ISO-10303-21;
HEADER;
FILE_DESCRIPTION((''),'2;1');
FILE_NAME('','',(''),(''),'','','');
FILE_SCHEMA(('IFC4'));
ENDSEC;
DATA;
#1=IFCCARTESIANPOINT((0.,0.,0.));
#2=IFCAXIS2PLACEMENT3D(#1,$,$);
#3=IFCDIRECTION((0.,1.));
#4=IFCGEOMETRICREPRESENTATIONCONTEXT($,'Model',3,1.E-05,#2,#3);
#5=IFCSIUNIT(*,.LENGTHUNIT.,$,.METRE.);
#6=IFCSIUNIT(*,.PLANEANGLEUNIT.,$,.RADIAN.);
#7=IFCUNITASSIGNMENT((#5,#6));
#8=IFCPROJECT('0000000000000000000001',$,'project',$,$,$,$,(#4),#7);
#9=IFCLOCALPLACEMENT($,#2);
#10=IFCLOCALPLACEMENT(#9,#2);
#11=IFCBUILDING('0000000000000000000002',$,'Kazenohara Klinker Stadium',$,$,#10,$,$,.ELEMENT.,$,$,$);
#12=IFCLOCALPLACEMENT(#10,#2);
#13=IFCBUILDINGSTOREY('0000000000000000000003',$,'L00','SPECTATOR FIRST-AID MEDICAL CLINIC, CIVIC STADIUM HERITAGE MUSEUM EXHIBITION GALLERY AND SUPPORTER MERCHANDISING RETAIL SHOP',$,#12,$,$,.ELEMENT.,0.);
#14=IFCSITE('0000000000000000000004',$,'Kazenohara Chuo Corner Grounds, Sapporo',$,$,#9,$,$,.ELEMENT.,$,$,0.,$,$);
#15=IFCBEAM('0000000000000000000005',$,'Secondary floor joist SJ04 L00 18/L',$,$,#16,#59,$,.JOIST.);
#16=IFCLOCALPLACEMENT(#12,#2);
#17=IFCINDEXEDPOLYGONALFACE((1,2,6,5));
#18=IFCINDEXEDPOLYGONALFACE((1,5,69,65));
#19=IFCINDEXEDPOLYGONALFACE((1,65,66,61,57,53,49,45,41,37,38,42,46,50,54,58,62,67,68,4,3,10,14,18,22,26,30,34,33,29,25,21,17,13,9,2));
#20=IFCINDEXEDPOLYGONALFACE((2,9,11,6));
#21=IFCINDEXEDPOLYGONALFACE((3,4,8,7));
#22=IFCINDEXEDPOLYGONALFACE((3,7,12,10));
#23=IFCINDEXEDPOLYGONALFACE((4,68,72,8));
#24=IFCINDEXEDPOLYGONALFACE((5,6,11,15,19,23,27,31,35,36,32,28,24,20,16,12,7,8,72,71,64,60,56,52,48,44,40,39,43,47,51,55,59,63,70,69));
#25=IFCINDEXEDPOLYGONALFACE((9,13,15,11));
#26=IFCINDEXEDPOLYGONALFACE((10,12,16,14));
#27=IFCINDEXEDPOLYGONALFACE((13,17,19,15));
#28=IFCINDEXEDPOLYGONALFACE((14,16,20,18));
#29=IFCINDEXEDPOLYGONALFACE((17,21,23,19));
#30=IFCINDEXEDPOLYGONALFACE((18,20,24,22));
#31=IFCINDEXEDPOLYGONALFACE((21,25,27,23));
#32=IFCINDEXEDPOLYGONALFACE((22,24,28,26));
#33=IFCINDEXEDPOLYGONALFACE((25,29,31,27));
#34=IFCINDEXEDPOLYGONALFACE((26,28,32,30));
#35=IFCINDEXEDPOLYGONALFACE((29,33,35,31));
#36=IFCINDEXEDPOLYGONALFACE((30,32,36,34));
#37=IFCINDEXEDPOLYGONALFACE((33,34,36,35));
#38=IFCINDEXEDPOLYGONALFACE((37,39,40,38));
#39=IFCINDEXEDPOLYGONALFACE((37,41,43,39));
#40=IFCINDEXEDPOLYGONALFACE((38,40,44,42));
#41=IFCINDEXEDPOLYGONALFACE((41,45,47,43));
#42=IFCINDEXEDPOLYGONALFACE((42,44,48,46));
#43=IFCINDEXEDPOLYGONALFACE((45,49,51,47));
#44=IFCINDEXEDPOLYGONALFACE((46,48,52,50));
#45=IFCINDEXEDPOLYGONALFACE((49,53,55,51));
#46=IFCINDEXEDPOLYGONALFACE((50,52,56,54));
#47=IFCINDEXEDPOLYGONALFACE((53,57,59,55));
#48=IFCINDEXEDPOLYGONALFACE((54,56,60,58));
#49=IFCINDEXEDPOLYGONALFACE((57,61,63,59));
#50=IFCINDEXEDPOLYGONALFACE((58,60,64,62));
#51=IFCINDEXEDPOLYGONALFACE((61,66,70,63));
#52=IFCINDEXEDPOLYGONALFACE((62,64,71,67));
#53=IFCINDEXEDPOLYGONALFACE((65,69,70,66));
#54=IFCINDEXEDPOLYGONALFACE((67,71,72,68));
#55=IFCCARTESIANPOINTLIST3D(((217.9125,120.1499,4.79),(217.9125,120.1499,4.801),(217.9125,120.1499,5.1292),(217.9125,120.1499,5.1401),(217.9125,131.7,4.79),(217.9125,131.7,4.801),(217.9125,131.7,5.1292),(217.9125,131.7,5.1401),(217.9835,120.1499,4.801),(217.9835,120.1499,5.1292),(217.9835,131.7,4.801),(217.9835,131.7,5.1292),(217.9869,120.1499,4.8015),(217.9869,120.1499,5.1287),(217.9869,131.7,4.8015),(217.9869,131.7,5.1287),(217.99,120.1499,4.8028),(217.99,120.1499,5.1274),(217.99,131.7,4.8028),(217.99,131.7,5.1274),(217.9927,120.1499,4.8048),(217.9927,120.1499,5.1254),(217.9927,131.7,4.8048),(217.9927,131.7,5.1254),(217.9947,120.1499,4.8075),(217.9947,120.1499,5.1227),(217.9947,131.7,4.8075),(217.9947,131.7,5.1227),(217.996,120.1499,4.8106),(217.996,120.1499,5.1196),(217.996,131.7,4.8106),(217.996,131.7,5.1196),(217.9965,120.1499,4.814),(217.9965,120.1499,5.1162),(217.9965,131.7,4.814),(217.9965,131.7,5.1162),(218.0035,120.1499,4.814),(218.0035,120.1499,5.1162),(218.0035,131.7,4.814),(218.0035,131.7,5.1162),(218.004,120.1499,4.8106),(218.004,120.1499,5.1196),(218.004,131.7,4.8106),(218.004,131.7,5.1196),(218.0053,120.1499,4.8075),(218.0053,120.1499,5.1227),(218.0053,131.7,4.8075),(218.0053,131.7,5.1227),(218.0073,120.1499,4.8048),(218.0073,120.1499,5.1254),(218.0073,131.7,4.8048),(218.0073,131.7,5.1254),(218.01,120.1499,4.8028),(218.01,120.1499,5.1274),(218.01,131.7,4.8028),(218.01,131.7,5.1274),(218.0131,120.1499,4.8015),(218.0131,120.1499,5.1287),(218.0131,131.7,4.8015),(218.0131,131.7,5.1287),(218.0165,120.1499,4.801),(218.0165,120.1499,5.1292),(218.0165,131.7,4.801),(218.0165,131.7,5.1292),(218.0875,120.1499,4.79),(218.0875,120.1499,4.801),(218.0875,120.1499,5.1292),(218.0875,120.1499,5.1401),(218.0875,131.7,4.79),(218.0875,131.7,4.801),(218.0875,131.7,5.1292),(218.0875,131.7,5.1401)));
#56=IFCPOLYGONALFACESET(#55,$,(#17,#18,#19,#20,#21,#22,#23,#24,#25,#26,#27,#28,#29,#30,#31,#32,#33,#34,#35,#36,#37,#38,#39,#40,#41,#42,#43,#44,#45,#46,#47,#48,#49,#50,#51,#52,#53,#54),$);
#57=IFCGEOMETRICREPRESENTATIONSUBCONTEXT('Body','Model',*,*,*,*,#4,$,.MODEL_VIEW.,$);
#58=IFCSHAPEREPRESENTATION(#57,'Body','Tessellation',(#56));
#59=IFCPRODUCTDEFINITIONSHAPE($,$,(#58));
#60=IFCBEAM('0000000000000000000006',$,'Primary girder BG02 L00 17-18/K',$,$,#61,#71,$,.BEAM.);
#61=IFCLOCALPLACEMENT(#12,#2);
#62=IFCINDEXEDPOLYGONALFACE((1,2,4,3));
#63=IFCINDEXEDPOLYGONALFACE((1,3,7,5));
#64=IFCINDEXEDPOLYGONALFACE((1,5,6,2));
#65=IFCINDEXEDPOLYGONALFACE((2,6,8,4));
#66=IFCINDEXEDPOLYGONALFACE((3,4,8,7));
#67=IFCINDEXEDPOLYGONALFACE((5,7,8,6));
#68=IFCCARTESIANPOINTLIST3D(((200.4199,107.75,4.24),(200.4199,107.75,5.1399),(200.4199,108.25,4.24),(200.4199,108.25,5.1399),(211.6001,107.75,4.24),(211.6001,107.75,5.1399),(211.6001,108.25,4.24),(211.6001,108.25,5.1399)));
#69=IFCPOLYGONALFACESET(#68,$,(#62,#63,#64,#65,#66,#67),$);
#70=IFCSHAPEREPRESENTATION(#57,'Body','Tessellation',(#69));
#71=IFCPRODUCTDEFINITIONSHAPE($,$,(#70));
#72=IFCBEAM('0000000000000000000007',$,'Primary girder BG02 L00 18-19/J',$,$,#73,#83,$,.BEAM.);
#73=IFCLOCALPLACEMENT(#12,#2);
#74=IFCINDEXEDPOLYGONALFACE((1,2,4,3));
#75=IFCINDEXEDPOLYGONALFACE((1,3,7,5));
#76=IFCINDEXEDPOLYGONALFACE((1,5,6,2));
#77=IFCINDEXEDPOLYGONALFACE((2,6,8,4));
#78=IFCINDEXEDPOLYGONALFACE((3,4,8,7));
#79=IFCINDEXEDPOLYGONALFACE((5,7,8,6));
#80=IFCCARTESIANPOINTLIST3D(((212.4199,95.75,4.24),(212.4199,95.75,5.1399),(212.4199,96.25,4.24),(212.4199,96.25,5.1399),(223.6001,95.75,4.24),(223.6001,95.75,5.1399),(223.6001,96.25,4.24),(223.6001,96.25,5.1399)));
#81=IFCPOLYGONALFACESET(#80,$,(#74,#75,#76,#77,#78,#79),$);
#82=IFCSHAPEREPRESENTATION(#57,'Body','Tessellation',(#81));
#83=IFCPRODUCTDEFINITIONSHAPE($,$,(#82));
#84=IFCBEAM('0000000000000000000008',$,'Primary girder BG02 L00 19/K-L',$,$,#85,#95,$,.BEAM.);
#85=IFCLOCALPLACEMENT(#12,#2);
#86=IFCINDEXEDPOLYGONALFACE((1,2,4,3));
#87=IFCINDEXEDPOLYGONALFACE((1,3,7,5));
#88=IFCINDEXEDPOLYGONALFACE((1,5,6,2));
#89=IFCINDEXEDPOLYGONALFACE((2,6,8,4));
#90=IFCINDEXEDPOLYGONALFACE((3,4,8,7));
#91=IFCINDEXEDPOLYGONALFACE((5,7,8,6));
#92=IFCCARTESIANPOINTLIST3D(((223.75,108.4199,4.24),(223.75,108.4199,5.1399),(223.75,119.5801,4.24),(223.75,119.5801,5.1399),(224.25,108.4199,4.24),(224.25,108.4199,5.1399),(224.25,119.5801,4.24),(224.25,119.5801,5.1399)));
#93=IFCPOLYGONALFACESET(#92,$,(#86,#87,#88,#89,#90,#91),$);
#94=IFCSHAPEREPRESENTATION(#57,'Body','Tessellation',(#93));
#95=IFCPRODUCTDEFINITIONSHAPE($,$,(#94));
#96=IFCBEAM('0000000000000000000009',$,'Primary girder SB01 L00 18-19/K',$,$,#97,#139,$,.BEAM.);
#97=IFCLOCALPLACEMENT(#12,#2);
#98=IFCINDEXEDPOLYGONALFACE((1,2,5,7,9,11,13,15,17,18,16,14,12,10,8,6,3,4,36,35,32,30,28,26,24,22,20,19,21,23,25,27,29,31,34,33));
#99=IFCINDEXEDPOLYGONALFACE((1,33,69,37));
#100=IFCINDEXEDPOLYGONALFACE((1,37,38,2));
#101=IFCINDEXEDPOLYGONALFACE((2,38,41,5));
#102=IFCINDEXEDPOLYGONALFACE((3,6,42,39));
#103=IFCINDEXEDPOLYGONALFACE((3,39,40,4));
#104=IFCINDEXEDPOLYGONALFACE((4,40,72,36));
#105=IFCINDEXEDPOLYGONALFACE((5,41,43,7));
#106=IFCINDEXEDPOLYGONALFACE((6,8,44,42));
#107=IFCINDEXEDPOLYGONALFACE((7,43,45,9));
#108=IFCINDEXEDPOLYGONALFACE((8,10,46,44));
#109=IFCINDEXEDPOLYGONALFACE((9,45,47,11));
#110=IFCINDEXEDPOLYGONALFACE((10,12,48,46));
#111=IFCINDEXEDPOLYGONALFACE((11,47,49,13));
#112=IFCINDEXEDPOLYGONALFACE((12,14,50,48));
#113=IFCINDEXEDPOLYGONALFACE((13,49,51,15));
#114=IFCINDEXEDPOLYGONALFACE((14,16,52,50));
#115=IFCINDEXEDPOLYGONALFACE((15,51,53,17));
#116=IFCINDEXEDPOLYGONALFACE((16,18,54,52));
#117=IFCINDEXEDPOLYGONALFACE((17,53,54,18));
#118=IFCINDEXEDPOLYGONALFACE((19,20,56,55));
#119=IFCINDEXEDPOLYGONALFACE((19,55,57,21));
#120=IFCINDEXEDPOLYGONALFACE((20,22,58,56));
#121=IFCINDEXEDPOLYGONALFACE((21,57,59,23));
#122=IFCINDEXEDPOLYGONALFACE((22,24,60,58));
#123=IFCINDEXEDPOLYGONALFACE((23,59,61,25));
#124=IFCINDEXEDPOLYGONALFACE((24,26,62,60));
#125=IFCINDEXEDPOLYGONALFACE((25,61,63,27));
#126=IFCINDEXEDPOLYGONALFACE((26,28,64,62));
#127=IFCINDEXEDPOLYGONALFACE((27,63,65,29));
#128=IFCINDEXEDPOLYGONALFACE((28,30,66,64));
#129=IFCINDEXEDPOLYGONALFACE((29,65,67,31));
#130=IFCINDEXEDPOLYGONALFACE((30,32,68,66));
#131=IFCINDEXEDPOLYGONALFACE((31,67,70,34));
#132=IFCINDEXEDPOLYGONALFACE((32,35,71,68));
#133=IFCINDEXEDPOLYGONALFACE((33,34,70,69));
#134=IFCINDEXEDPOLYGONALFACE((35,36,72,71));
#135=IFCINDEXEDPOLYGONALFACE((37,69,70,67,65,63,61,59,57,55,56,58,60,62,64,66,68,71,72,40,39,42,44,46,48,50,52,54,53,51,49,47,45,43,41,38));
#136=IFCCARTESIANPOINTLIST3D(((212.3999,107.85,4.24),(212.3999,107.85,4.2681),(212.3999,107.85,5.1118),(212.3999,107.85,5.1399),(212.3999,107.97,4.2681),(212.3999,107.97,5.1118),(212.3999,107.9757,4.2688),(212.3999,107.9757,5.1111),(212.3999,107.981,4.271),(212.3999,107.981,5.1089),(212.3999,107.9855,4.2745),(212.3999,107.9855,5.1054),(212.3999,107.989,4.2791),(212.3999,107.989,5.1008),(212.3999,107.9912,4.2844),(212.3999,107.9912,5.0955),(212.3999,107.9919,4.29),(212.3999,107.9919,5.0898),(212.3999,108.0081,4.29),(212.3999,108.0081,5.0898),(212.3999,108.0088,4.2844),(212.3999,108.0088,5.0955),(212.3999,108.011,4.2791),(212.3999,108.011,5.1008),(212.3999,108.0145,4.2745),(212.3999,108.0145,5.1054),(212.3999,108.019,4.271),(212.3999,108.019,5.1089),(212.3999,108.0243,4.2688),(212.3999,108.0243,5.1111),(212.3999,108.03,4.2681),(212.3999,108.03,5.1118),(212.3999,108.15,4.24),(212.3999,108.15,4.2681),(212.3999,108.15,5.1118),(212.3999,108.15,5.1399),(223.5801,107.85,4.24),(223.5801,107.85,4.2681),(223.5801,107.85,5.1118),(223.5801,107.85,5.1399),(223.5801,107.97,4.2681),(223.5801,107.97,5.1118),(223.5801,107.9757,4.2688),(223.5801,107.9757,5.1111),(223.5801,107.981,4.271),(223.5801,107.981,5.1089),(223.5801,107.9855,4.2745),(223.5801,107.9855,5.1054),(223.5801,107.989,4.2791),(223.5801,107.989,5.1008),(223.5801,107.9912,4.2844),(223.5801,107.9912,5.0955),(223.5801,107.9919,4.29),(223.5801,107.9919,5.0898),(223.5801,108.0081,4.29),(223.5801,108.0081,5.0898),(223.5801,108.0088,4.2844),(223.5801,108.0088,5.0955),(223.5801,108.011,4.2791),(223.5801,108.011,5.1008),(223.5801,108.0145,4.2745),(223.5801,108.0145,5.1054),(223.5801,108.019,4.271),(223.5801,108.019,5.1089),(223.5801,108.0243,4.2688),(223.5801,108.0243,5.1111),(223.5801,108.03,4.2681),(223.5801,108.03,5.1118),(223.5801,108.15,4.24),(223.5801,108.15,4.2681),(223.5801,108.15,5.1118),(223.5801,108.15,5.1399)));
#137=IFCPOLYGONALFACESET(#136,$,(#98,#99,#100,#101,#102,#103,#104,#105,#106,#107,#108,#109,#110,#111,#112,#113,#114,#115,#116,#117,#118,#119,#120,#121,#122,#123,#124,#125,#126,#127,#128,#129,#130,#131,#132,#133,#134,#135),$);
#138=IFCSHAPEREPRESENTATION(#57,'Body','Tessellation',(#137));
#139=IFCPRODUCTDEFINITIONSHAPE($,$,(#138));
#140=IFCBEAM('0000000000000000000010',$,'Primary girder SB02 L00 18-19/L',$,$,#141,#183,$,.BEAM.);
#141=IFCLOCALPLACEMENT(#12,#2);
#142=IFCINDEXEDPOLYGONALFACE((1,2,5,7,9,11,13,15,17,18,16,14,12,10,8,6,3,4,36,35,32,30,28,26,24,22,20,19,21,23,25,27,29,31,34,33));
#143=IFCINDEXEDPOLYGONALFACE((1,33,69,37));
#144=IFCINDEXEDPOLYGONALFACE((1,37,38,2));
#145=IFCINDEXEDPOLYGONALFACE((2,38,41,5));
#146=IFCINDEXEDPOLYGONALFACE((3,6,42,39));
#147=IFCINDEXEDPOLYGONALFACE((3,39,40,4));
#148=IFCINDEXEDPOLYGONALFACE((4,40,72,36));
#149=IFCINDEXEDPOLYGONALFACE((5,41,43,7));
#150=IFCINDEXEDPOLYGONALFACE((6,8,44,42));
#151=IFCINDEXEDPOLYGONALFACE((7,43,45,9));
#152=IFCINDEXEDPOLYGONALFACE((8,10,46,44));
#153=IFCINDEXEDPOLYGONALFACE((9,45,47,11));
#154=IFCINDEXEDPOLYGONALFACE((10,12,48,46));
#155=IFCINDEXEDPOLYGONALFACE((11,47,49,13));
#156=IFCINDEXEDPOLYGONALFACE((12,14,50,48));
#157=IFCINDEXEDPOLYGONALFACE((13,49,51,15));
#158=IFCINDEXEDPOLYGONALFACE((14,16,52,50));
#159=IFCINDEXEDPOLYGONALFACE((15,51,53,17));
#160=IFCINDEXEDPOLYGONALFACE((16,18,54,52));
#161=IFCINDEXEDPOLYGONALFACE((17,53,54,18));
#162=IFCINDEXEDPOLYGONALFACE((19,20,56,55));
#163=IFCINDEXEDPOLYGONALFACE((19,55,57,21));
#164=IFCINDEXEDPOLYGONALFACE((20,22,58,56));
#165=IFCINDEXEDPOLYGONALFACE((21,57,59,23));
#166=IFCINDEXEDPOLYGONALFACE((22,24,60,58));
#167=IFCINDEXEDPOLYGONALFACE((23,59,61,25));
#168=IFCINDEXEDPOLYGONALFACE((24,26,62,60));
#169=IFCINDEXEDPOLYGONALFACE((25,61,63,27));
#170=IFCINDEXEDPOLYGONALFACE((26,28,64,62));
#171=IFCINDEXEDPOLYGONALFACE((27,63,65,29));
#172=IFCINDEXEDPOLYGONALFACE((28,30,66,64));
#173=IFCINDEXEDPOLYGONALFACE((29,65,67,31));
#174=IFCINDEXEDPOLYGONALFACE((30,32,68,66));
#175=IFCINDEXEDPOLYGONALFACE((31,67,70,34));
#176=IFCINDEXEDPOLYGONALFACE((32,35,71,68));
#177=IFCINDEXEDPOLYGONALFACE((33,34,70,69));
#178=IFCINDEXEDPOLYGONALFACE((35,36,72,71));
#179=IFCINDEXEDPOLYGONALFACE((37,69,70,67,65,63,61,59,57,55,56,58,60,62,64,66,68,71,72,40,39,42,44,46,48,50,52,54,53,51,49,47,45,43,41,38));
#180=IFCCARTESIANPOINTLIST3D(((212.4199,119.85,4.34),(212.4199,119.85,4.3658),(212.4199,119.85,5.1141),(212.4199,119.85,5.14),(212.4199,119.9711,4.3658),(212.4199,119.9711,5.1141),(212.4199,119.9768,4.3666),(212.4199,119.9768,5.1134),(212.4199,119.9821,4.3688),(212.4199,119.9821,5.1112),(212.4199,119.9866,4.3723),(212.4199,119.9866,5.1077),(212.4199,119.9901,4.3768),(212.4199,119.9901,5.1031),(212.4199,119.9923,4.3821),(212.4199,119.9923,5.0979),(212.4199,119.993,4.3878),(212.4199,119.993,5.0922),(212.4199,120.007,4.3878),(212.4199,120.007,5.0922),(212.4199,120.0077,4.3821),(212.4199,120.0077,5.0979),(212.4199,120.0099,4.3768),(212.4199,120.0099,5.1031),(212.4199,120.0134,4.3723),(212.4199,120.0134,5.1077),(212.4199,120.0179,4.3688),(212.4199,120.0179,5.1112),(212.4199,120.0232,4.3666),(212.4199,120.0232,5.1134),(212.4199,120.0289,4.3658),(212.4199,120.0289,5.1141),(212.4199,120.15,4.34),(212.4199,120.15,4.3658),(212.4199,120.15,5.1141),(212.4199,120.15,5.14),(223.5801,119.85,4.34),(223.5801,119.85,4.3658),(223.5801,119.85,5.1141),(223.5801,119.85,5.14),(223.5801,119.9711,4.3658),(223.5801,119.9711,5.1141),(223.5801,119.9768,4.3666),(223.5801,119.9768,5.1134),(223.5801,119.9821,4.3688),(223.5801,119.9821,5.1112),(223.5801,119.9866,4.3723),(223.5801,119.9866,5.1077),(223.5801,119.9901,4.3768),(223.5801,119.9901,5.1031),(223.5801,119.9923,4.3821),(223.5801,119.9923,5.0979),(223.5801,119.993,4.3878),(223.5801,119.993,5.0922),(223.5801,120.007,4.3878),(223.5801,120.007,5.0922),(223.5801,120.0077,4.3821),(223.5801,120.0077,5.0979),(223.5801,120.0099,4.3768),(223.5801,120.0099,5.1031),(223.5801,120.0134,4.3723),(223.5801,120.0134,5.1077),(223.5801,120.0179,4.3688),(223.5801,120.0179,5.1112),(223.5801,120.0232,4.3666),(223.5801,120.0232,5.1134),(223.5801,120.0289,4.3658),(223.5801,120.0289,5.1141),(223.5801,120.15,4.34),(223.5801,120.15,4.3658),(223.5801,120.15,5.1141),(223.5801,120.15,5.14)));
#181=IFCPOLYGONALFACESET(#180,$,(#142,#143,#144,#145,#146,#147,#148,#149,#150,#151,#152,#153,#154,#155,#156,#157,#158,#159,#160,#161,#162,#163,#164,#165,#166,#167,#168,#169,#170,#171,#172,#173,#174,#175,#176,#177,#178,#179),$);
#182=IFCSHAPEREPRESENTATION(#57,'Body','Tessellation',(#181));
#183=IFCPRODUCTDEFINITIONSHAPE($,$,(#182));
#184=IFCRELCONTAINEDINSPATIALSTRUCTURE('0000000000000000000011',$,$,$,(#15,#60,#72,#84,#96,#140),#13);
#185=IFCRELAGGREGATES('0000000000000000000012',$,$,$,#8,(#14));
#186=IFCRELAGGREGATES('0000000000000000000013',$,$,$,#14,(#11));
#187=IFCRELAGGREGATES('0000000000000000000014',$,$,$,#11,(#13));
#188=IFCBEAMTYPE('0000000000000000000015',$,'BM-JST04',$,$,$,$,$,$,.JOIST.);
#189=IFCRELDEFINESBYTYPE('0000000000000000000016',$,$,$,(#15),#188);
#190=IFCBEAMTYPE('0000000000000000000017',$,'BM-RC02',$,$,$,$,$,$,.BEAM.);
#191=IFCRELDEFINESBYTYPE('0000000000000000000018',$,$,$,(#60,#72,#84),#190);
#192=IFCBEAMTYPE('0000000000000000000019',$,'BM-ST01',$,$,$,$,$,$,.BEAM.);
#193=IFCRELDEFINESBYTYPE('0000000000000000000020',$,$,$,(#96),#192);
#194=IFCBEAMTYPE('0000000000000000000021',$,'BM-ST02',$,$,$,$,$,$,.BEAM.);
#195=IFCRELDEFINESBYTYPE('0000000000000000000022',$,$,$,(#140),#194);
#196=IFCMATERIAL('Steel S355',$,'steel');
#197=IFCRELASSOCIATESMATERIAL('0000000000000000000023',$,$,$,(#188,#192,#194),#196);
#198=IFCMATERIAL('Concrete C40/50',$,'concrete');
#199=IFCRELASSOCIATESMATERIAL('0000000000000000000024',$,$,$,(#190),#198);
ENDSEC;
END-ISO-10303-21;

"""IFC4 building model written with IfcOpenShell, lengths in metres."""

from ifc_helpers import new_model, si_unit, direction, frame, origin, origin_2d, place, context, subcontext, project, spatial, rectangle, i_section, extrude, material, material_profile, profile_set, type_object, element, save


model = new_model("IFC4")

# Units and contexts
model_context = context("Model", 3, precision=1e-05, world=origin(), true_north=direction((0.0, 1.0)))
body_context = subcontext(model_context, "Body", "Model", "MODEL_VIEW")
ifc_project = project(units=[si_unit("LENGTHUNIT", "METRE"), si_unit("PLANEANGLEUNIT", "RADIAN")], contexts=[model_context])

# Site, building, storey
site_placement = place(None, origin())
site = spatial("IfcSite", under=ifc_project, at=site_placement, Name="Kazenohara Chuo Corner Grounds, Sapporo", CompositionType="ELEMENT", RefElevation=0.0)
building_placement = place(site_placement, origin())
building = spatial("IfcBuilding", under=site, at=building_placement, Name="Kazenohara Klinker Stadium", CompositionType="ELEMENT")
storey_placement = place(building_placement, origin())
storey = spatial("IfcBuildingStorey", under=building, at=storey_placement, Name="L00", Description="SPECTATOR FIRST-AID MEDICAL CLINIC, CIVIC STADIUM HERITAGE MUSEUM EXHIBITION GALLERY AND SUPPORTER MERCHANDISING RETAIL SHOP", CompositionType="ELEMENT", Elevation=0.0)

# Shared definitions
ifc_material_1 = material(Name="Concrete C40/50", Category="concrete")

# Beams
ifc_material_2 = material(Name="Steel S355", Category="steel")
ifc_material_profile_1 = material_profile(ifc_material_2, i_section(OverallWidth=0.175, OverallDepth=0.3501, WebThickness=0.0071, FlangeThickness=0.011, FilletRadius=0.0129, at=origin_2d()), Name="H-350x175x7x11")
ifc_profile_set_1 = profile_set([ifc_material_profile_1], Name="Steel S355")
beam_type_1 = type_object("IfcBeamType", Name="BM-JST04", PredefinedType="JOIST", material=ifc_profile_set_1)
beam_1_placement = place(storey_placement, frame((218.0, 120.1499, 4.9651), z_axis=(0.0, 1.0, 0.0), x_axis=(-1.0, 0.0, 0.0)))
element("IfcBeam", 1, at=beam_1_placement, inside=storey, type_object=beam_type_1, Name="Secondary floor joist SJ04 L00 18/L", PredefinedType="JOIST", context=body_context, shape_type="SweptSolid", body=[
    extrude(i_section(OverallWidth=0.175, OverallDepth=0.3501, WebThickness=0.0071, FlangeThickness=0.011, FilletRadius=0.0129, at=origin_2d()), origin(), (0.0, 0.0, 1.0), 11.55),
])
ifc_material_profile_2 = material_profile(ifc_material_1, rectangle(XDim=0.5, YDim=0.8999, at=origin_2d()), Name="RC-BM-500x900")
ifc_profile_set_2 = profile_set([ifc_material_profile_2], Name="Concrete C40/50")
beam_type_2 = type_object("IfcBeamType", Name="BM-RC02", PredefinedType="BEAM", material=ifc_profile_set_2)
for number, where, z_axis, x_axis, name in (
    (2, (200.4199, 108.0, 4.6899), (1.0, 0.0, 0.0), (0.0, 1.0, 0.0), "Primary girder BG02 L00 17-18/K"),
    (3, (212.4199, 96.0, 4.6899), (1.0, 0.0, 0.0), (0.0, 1.0, 0.0), "Primary girder BG02 L00 18-19/J"),
):
    element("IfcBeam", number, at=place(storey_placement, frame(where, z_axis=z_axis, x_axis=x_axis)), inside=storey, type_object=beam_type_2, Name=name, PredefinedType="BEAM", context=body_context, shape_type="SweptSolid", body=[
        extrude(rectangle(XDim=0.5, YDim=0.8999, at=origin_2d()), origin(), (0.0, 0.0, 1.0), 11.1802),
    ])
beam_2_placement = place(storey_placement, frame((224.0, 108.4199, 4.6899), z_axis=(0.0, 1.0, 0.0), x_axis=(-1.0, 0.0, 0.0)))
element("IfcBeam", 4, at=beam_2_placement, inside=storey, type_object=beam_type_2, Name="Primary girder BG02 L00 19/K-L", PredefinedType="BEAM", context=body_context, shape_type="SweptSolid", body=[
    extrude(rectangle(XDim=0.5, YDim=0.8999, at=origin_2d()), origin(), (0.0, 0.0, 1.0), 11.1602),
])
ifc_material_profile_3 = material_profile(ifc_material_2, i_section(OverallWidth=0.3, OverallDepth=0.8999, WebThickness=0.0161, FlangeThickness=0.0281, FilletRadius=0.022, at=origin_2d()), Name="H-900x300x16x28")
ifc_profile_set_3 = profile_set([ifc_material_profile_3], Name="Steel S355")
beam_type_3 = type_object("IfcBeamType", Name="BM-ST01", PredefinedType="BEAM", material=ifc_profile_set_3)
beam_3_placement = place(storey_placement, frame((212.3999, 108.0, 4.6899), z_axis=(1.0, 0.0, 0.0), x_axis=(0.0, 1.0, 0.0)))
element("IfcBeam", 5, at=beam_3_placement, inside=storey, type_object=beam_type_3, Name="Primary girder SB01 L00 18-19/K", PredefinedType="BEAM", context=body_context, shape_type="SweptSolid", body=[
    extrude(i_section(OverallWidth=0.3, OverallDepth=0.8999, WebThickness=0.0161, FlangeThickness=0.0281, FilletRadius=0.022, at=origin_2d()), origin(), (0.0, 0.0, 1.0), 11.1802),
])
ifc_material_profile_4 = material_profile(ifc_material_2, i_section(OverallWidth=0.3, OverallDepth=0.8, WebThickness=0.0139, FlangeThickness=0.0259, FilletRadius=0.022, at=origin_2d()), Name="H-800x300x14x26")
ifc_profile_set_4 = profile_set([ifc_material_profile_4], Name="Steel S355")
beam_type_4 = type_object("IfcBeamType", Name="BM-ST02", PredefinedType="BEAM", material=ifc_profile_set_4)
for number, where, z_axis, x_axis, name in (
    (6, (212.4199, 120.0, 4.74), (1.0, 0.0, 0.0), (0.0, 1.0, 0.0), "Primary girder SB02 L00 18-19/L"),
):
    element("IfcBeam", number, at=place(storey_placement, frame(where, z_axis=z_axis, x_axis=x_axis)), inside=storey, type_object=beam_type_4, Name=name, PredefinedType="BEAM", context=body_context, shape_type="SweptSolid", body=[
        extrude(i_section(OverallWidth=0.3, OverallDepth=0.8, WebThickness=0.0139, FlangeThickness=0.0259, FilletRadius=0.022, at=origin_2d()), origin(), (0.0, 0.0, 1.0), 11.1602),
    ])

save(model, "model.ifc")
